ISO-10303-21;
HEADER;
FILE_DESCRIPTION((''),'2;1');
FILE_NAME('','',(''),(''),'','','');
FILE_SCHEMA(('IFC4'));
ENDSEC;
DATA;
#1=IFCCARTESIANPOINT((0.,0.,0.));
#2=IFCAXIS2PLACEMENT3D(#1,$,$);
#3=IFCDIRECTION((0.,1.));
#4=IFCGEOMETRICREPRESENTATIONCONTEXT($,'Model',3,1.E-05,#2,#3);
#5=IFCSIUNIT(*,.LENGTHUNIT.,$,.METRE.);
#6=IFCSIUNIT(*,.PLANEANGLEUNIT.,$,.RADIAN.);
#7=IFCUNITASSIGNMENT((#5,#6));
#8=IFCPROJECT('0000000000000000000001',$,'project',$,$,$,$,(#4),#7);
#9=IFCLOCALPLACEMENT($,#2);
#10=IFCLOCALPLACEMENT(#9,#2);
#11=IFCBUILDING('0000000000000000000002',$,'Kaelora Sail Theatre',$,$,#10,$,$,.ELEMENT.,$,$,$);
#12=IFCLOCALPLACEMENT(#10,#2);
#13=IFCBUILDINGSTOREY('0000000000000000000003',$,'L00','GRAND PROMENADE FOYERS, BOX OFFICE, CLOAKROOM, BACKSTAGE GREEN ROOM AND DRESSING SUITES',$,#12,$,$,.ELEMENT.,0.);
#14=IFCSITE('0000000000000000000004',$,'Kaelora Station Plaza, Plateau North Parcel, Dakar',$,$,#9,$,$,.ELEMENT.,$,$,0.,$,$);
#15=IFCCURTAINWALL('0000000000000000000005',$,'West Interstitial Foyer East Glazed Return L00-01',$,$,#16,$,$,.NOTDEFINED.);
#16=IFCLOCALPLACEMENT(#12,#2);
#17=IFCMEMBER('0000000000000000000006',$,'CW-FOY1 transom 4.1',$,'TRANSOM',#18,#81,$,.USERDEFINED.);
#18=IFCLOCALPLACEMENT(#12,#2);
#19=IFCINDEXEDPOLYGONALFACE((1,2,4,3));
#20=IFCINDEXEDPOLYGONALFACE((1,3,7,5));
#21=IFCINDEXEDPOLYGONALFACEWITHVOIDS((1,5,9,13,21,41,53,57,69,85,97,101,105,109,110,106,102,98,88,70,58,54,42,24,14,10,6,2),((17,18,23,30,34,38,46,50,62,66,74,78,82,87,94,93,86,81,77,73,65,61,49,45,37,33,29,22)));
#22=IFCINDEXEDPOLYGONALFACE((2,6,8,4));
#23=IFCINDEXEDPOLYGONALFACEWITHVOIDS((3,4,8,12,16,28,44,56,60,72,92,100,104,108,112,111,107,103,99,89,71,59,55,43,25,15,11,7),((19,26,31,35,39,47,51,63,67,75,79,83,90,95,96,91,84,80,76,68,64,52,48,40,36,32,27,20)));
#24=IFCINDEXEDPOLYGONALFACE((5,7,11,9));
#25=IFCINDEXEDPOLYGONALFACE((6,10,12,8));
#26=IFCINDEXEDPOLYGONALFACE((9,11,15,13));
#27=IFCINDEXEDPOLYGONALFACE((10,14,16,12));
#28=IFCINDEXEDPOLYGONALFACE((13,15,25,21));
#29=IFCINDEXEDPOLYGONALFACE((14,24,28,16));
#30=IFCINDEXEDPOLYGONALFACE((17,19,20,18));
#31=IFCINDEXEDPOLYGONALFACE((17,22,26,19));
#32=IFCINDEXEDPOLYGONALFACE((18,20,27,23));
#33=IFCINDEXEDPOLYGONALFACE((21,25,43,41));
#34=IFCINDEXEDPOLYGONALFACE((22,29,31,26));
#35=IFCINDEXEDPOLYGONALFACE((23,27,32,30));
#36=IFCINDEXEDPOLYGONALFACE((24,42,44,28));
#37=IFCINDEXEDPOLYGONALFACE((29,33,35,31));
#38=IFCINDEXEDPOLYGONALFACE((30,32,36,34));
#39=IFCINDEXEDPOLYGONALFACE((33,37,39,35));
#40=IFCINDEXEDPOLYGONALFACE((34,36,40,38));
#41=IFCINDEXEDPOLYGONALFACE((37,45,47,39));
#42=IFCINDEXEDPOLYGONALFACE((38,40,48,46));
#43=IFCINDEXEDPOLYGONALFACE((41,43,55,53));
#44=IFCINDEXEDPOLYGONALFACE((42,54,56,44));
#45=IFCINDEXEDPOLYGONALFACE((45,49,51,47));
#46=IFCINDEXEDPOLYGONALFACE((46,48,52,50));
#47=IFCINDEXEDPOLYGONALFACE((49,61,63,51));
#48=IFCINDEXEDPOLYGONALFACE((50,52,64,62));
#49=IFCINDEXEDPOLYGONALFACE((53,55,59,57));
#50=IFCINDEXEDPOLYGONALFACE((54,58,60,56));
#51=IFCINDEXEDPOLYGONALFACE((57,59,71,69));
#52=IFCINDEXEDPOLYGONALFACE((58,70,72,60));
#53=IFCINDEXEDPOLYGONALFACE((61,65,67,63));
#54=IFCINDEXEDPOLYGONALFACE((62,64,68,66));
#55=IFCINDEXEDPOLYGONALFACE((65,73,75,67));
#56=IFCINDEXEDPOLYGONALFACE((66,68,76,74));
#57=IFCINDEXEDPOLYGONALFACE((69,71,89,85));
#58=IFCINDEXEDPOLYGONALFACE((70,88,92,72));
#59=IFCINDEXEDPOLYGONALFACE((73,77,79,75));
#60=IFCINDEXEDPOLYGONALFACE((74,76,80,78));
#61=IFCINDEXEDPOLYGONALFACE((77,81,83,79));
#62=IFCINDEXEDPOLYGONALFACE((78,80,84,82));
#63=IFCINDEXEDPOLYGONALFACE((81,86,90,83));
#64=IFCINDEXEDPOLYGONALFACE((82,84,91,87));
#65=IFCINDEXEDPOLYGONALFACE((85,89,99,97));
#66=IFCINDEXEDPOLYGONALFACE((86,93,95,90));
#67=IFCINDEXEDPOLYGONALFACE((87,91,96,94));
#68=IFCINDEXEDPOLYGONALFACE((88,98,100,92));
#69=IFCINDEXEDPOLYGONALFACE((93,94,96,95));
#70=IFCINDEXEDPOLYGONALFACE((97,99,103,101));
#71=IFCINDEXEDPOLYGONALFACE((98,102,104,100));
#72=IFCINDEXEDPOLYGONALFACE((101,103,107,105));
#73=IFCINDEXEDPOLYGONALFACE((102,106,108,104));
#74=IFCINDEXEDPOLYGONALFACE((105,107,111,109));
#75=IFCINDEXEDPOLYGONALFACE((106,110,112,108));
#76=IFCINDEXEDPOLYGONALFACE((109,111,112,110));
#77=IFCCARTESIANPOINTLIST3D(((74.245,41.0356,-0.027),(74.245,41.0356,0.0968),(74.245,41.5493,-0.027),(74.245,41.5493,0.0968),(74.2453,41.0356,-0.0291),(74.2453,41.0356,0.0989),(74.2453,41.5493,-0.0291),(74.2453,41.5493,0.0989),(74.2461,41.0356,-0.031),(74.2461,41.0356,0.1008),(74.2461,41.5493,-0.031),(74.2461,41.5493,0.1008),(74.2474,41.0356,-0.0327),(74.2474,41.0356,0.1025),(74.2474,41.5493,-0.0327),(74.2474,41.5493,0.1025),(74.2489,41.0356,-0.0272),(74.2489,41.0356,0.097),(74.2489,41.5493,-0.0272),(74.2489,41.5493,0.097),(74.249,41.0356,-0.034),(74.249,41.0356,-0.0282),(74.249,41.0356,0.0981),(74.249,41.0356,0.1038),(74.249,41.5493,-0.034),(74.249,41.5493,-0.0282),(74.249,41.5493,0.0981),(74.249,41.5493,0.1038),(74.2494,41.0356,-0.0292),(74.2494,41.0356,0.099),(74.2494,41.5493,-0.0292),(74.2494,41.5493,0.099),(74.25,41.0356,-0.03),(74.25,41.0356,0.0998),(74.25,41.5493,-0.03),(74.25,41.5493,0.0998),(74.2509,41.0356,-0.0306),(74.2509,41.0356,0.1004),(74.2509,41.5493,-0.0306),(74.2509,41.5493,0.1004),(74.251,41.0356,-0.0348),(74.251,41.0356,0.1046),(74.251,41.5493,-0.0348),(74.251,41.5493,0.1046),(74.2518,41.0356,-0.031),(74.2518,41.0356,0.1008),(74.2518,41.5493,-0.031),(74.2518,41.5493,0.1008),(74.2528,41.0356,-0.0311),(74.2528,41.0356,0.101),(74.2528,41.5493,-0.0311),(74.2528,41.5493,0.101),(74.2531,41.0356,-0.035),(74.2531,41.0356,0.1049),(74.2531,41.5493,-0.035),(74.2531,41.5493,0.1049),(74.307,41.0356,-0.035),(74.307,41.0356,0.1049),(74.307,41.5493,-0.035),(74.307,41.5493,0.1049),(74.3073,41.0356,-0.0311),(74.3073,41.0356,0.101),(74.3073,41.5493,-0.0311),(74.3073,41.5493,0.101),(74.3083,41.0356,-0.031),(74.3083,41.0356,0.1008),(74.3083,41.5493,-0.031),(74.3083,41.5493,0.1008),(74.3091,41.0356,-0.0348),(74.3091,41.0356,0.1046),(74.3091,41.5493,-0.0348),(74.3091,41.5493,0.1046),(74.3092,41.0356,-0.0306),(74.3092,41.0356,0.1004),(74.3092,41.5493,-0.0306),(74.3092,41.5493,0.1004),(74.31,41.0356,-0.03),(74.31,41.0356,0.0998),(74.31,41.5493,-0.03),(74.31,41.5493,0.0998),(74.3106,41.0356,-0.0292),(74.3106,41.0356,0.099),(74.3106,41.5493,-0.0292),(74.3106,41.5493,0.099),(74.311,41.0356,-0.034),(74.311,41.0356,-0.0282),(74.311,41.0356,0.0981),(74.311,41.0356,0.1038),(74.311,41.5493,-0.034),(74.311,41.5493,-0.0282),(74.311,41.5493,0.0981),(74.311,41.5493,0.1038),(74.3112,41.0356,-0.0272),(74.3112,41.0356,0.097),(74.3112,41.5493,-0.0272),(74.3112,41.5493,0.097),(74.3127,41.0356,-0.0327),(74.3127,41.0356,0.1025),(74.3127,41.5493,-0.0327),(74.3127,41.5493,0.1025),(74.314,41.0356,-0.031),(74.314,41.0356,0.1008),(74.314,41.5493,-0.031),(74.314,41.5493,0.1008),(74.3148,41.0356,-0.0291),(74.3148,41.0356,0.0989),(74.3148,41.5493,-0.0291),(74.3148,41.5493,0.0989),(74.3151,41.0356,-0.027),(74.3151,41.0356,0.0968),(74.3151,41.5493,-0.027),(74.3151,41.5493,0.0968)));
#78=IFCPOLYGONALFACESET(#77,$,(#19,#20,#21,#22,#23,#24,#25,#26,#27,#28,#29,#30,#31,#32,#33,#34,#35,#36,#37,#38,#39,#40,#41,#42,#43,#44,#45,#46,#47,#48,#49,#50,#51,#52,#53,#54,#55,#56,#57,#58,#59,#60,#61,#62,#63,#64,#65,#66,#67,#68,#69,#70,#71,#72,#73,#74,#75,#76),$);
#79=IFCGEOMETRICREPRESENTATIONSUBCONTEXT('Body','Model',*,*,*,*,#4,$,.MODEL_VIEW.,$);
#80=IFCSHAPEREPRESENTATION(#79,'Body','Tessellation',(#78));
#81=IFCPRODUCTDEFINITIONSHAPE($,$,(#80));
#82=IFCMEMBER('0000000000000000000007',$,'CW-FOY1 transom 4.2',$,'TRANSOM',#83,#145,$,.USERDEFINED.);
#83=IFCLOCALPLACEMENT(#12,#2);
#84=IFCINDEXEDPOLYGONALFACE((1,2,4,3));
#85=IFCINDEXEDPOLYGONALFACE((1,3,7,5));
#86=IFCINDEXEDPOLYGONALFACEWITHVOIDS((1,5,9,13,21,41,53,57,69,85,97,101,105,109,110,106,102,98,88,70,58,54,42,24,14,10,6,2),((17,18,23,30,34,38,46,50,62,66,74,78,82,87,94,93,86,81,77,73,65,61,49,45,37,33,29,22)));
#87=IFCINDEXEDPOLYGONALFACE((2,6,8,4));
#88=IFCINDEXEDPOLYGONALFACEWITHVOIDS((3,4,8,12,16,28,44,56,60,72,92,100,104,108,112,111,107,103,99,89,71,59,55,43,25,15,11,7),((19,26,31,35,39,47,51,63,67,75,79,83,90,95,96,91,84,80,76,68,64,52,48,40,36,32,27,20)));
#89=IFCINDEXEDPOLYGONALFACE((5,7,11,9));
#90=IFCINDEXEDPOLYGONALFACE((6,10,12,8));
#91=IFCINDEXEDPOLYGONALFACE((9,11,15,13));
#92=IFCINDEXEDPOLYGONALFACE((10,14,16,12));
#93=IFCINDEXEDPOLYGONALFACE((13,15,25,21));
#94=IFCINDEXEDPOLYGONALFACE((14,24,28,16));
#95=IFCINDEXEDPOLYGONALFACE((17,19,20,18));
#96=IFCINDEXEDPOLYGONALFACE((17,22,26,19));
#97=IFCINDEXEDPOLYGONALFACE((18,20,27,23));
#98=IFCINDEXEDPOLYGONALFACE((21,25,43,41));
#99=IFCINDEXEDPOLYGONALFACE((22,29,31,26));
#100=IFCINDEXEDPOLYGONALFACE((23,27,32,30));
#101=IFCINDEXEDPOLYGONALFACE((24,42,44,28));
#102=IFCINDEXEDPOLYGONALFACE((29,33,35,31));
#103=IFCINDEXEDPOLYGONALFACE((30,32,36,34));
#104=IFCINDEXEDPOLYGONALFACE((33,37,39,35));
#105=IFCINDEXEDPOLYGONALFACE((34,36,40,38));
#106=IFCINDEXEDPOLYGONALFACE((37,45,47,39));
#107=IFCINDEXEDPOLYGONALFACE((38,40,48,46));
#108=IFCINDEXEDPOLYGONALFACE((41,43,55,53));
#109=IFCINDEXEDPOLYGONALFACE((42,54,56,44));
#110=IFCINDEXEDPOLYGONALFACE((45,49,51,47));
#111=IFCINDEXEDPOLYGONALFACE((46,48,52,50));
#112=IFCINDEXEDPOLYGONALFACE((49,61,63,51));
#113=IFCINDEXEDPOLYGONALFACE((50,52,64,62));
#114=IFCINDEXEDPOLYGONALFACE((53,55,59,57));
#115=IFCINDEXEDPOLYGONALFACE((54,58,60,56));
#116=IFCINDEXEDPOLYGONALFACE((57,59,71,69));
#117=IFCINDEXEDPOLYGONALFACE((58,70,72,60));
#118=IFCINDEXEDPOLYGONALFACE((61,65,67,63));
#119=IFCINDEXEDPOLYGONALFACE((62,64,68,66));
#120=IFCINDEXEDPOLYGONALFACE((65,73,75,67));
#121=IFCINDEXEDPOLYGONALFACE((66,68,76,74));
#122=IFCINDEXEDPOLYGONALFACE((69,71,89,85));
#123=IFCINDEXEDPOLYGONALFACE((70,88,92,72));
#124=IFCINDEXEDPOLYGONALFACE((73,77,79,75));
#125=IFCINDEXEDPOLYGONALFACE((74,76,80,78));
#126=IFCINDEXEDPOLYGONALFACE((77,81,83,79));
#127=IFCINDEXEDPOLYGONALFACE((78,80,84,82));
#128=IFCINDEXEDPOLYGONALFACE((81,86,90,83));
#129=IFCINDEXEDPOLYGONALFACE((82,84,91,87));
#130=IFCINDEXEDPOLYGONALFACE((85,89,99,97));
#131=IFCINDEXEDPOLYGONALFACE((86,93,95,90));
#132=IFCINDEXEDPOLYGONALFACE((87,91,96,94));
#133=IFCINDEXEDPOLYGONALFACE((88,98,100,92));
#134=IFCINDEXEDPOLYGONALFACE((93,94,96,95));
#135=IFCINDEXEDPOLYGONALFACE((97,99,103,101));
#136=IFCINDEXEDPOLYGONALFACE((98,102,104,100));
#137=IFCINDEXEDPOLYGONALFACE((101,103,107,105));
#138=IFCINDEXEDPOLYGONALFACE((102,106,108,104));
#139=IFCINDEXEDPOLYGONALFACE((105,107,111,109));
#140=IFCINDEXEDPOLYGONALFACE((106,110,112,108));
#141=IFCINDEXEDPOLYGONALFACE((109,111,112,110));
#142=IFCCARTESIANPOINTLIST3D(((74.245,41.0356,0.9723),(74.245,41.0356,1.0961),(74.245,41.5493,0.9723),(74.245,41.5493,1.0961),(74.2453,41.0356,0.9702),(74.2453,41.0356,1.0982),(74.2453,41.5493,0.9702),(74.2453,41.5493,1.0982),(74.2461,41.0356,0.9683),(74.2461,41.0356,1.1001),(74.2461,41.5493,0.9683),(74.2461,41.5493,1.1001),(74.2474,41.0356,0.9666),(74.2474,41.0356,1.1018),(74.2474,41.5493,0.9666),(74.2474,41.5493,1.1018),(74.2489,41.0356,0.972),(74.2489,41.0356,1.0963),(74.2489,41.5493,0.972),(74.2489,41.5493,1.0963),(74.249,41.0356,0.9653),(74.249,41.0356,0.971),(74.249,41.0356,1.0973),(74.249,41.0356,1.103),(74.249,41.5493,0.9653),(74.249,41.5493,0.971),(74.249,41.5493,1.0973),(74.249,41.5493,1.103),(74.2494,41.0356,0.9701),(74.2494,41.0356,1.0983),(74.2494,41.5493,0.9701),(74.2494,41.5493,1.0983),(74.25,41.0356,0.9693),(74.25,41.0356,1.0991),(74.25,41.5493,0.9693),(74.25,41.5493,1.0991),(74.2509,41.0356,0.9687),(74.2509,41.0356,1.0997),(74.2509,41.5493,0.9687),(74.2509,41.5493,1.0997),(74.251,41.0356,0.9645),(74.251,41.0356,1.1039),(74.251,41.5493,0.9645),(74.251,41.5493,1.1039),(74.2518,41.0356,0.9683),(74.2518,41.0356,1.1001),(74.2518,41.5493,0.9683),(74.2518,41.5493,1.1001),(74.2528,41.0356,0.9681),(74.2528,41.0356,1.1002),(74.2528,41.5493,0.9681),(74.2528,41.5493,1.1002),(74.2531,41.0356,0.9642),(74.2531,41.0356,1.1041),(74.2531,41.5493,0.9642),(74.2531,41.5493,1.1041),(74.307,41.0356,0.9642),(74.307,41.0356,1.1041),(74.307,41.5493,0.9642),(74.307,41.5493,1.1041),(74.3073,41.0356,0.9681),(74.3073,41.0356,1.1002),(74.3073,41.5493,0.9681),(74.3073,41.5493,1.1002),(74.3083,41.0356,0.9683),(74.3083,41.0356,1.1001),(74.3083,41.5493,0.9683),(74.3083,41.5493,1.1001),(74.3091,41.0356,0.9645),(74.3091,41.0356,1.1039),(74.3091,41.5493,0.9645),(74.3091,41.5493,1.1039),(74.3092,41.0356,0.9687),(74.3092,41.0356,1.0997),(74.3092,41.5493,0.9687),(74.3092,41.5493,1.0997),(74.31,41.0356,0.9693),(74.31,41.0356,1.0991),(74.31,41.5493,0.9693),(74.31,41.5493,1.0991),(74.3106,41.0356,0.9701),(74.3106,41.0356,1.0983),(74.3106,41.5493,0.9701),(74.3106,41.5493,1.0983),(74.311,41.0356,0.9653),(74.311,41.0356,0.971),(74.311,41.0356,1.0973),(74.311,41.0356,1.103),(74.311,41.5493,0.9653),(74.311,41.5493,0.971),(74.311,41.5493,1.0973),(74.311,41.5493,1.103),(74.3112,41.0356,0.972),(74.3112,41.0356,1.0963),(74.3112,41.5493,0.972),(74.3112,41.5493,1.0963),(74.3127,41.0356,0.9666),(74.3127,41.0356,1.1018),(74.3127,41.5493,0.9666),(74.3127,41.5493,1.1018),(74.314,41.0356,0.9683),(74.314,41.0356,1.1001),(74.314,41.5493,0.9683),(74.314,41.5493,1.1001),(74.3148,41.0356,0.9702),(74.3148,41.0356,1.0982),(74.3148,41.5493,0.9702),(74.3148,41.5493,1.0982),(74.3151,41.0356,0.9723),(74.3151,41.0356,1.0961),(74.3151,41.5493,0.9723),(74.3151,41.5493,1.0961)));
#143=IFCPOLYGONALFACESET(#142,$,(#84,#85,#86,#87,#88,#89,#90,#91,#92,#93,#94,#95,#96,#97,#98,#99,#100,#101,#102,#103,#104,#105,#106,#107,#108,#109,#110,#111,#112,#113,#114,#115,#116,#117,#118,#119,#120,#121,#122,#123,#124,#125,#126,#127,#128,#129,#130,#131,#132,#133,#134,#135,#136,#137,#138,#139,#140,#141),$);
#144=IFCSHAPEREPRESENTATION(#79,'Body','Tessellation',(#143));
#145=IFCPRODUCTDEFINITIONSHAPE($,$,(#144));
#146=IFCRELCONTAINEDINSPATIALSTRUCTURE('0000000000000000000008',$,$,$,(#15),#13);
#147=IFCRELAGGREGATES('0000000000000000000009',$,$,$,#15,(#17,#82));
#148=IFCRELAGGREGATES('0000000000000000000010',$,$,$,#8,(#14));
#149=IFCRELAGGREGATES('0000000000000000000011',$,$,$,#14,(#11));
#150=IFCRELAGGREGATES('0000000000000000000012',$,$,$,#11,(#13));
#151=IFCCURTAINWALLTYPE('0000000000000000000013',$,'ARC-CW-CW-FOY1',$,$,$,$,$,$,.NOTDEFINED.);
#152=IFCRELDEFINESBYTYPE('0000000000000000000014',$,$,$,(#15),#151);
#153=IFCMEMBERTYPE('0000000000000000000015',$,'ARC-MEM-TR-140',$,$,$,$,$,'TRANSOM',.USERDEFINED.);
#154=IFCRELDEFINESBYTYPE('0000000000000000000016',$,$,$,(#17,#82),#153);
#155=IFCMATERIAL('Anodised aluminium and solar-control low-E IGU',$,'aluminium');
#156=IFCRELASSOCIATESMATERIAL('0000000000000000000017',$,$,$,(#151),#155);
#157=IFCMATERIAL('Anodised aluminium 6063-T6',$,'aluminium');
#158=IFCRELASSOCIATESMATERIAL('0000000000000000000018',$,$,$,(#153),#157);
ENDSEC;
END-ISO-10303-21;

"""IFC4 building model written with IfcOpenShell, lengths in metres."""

from ifc_helpers import new_model, si_unit, direction, frame, origin, origin_2d, place, context, subcontext, project, spatial, hollow_rectangle, extrude, material, material_profile, profile_set, type_object, element, aggregate, save


model = new_model("IFC4")

# Units and contexts
model_context = context("Model", 3, precision=1e-05, world=origin(), true_north=direction((0.0, 1.0)))
body_context = subcontext(model_context, "Body", "Model", "MODEL_VIEW")
ifc_project = project(units=[si_unit("LENGTHUNIT", "METRE"), si_unit("PLANEANGLEUNIT", "RADIAN")], contexts=[model_context])

# Site, building, storey
site_placement = place(None, origin())
site = spatial("IfcSite", under=ifc_project, at=site_placement, Name="Kaelora Station Plaza, Plateau North Parcel, Dakar", CompositionType="ELEMENT", RefElevation=0.0)
building_placement = place(site_placement, origin())
building = spatial("IfcBuilding", under=site, at=building_placement, Name="Kaelora Sail Theatre", CompositionType="ELEMENT")
storey_placement = place(building_placement, origin())
storey = spatial("IfcBuildingStorey", under=building, at=storey_placement, Name="L00", Description="GRAND PROMENADE FOYERS, BOX OFFICE, CLOAKROOM, BACKSTAGE GREEN ROOM AND DRESSING SUITES", CompositionType="ELEMENT", Elevation=0.0)

# Curtain wall, members
ifc_material_1 = material(Name="Anodised aluminium and solar-control low-E IGU", Category="aluminium")
curtain_wall_type = type_object("IfcCurtainWallType", Name="ARC-CW-CW-FOY1", PredefinedType="NOTDEFINED", material=ifc_material_1)
curtain_wall_placement = place(storey_placement, origin())
curtain_wall = element("IfcCurtainWall", 1, at=curtain_wall_placement, inside=storey, type_object=curtain_wall_type, Name="West Interstitial Foyer East Glazed Return L00-01", PredefinedType="NOTDEFINED")
ifc_material_2 = material(Name="Anodised aluminium 6063-T6", Category="aluminium")
ifc_material_profile_1 = material_profile(ifc_material_2, hollow_rectangle(XDim=0.0701, YDim=0.1399, WallThickness=0.0039, InnerFilletRadius=0.0039, OuterFilletRadius=0.0081, at=origin_2d()), Name="ALU-TRAN 70x140x4")
ifc_profile_set_1 = profile_set([ifc_material_profile_1], Name="Anodised aluminium 6063-T6")
member_type_1 = type_object("IfcMemberType", Name="ARC-MEM-TR-140", ElementType="TRANSOM", PredefinedType="USERDEFINED", material=ifc_profile_set_1)
member_1_placement = place(storey_placement, frame((74.28, 41.0356, 0.0349), z_axis=(0.0, 1.0, 0.0), x_axis=(-1.0, 0.0, 0.0)))
member_1 = element("IfcMember", 2, at=member_1_placement, type_object=member_type_1, Name="CW-FOY1 transom 4.1", ObjectType="TRANSOM", PredefinedType="USERDEFINED", context=body_context, shape_type="SweptSolid", body=[
    extrude(hollow_rectangle(XDim=0.0701, YDim=0.1399, WallThickness=0.0039, InnerFilletRadius=0.0039, OuterFilletRadius=0.0081, at=origin_2d()), origin(), (0.0, 0.0, 1.0), 0.5137),
])
member_2_placement = place(storey_placement, frame((74.28, 41.0356, 1.0342), z_axis=(0.0, 1.0, 0.0), x_axis=(-1.0, 0.0, 0.0)))
member_2 = element("IfcMember", 3, at=member_2_placement, type_object=member_type_1, Name="CW-FOY1 transom 4.2", ObjectType="TRANSOM", PredefinedType="USERDEFINED", context=body_context, shape_type="SweptSolid", body=[
    extrude(hollow_rectangle(XDim=0.0701, YDim=0.1399, WallThickness=0.0039, InnerFilletRadius=0.0039, OuterFilletRadius=0.0081, at=origin_2d()), origin(), (0.0, 0.0, 1.0), 0.5137),
])

aggregate(curtain_wall, [member_1, member_2])

save(model, "model.ifc")
